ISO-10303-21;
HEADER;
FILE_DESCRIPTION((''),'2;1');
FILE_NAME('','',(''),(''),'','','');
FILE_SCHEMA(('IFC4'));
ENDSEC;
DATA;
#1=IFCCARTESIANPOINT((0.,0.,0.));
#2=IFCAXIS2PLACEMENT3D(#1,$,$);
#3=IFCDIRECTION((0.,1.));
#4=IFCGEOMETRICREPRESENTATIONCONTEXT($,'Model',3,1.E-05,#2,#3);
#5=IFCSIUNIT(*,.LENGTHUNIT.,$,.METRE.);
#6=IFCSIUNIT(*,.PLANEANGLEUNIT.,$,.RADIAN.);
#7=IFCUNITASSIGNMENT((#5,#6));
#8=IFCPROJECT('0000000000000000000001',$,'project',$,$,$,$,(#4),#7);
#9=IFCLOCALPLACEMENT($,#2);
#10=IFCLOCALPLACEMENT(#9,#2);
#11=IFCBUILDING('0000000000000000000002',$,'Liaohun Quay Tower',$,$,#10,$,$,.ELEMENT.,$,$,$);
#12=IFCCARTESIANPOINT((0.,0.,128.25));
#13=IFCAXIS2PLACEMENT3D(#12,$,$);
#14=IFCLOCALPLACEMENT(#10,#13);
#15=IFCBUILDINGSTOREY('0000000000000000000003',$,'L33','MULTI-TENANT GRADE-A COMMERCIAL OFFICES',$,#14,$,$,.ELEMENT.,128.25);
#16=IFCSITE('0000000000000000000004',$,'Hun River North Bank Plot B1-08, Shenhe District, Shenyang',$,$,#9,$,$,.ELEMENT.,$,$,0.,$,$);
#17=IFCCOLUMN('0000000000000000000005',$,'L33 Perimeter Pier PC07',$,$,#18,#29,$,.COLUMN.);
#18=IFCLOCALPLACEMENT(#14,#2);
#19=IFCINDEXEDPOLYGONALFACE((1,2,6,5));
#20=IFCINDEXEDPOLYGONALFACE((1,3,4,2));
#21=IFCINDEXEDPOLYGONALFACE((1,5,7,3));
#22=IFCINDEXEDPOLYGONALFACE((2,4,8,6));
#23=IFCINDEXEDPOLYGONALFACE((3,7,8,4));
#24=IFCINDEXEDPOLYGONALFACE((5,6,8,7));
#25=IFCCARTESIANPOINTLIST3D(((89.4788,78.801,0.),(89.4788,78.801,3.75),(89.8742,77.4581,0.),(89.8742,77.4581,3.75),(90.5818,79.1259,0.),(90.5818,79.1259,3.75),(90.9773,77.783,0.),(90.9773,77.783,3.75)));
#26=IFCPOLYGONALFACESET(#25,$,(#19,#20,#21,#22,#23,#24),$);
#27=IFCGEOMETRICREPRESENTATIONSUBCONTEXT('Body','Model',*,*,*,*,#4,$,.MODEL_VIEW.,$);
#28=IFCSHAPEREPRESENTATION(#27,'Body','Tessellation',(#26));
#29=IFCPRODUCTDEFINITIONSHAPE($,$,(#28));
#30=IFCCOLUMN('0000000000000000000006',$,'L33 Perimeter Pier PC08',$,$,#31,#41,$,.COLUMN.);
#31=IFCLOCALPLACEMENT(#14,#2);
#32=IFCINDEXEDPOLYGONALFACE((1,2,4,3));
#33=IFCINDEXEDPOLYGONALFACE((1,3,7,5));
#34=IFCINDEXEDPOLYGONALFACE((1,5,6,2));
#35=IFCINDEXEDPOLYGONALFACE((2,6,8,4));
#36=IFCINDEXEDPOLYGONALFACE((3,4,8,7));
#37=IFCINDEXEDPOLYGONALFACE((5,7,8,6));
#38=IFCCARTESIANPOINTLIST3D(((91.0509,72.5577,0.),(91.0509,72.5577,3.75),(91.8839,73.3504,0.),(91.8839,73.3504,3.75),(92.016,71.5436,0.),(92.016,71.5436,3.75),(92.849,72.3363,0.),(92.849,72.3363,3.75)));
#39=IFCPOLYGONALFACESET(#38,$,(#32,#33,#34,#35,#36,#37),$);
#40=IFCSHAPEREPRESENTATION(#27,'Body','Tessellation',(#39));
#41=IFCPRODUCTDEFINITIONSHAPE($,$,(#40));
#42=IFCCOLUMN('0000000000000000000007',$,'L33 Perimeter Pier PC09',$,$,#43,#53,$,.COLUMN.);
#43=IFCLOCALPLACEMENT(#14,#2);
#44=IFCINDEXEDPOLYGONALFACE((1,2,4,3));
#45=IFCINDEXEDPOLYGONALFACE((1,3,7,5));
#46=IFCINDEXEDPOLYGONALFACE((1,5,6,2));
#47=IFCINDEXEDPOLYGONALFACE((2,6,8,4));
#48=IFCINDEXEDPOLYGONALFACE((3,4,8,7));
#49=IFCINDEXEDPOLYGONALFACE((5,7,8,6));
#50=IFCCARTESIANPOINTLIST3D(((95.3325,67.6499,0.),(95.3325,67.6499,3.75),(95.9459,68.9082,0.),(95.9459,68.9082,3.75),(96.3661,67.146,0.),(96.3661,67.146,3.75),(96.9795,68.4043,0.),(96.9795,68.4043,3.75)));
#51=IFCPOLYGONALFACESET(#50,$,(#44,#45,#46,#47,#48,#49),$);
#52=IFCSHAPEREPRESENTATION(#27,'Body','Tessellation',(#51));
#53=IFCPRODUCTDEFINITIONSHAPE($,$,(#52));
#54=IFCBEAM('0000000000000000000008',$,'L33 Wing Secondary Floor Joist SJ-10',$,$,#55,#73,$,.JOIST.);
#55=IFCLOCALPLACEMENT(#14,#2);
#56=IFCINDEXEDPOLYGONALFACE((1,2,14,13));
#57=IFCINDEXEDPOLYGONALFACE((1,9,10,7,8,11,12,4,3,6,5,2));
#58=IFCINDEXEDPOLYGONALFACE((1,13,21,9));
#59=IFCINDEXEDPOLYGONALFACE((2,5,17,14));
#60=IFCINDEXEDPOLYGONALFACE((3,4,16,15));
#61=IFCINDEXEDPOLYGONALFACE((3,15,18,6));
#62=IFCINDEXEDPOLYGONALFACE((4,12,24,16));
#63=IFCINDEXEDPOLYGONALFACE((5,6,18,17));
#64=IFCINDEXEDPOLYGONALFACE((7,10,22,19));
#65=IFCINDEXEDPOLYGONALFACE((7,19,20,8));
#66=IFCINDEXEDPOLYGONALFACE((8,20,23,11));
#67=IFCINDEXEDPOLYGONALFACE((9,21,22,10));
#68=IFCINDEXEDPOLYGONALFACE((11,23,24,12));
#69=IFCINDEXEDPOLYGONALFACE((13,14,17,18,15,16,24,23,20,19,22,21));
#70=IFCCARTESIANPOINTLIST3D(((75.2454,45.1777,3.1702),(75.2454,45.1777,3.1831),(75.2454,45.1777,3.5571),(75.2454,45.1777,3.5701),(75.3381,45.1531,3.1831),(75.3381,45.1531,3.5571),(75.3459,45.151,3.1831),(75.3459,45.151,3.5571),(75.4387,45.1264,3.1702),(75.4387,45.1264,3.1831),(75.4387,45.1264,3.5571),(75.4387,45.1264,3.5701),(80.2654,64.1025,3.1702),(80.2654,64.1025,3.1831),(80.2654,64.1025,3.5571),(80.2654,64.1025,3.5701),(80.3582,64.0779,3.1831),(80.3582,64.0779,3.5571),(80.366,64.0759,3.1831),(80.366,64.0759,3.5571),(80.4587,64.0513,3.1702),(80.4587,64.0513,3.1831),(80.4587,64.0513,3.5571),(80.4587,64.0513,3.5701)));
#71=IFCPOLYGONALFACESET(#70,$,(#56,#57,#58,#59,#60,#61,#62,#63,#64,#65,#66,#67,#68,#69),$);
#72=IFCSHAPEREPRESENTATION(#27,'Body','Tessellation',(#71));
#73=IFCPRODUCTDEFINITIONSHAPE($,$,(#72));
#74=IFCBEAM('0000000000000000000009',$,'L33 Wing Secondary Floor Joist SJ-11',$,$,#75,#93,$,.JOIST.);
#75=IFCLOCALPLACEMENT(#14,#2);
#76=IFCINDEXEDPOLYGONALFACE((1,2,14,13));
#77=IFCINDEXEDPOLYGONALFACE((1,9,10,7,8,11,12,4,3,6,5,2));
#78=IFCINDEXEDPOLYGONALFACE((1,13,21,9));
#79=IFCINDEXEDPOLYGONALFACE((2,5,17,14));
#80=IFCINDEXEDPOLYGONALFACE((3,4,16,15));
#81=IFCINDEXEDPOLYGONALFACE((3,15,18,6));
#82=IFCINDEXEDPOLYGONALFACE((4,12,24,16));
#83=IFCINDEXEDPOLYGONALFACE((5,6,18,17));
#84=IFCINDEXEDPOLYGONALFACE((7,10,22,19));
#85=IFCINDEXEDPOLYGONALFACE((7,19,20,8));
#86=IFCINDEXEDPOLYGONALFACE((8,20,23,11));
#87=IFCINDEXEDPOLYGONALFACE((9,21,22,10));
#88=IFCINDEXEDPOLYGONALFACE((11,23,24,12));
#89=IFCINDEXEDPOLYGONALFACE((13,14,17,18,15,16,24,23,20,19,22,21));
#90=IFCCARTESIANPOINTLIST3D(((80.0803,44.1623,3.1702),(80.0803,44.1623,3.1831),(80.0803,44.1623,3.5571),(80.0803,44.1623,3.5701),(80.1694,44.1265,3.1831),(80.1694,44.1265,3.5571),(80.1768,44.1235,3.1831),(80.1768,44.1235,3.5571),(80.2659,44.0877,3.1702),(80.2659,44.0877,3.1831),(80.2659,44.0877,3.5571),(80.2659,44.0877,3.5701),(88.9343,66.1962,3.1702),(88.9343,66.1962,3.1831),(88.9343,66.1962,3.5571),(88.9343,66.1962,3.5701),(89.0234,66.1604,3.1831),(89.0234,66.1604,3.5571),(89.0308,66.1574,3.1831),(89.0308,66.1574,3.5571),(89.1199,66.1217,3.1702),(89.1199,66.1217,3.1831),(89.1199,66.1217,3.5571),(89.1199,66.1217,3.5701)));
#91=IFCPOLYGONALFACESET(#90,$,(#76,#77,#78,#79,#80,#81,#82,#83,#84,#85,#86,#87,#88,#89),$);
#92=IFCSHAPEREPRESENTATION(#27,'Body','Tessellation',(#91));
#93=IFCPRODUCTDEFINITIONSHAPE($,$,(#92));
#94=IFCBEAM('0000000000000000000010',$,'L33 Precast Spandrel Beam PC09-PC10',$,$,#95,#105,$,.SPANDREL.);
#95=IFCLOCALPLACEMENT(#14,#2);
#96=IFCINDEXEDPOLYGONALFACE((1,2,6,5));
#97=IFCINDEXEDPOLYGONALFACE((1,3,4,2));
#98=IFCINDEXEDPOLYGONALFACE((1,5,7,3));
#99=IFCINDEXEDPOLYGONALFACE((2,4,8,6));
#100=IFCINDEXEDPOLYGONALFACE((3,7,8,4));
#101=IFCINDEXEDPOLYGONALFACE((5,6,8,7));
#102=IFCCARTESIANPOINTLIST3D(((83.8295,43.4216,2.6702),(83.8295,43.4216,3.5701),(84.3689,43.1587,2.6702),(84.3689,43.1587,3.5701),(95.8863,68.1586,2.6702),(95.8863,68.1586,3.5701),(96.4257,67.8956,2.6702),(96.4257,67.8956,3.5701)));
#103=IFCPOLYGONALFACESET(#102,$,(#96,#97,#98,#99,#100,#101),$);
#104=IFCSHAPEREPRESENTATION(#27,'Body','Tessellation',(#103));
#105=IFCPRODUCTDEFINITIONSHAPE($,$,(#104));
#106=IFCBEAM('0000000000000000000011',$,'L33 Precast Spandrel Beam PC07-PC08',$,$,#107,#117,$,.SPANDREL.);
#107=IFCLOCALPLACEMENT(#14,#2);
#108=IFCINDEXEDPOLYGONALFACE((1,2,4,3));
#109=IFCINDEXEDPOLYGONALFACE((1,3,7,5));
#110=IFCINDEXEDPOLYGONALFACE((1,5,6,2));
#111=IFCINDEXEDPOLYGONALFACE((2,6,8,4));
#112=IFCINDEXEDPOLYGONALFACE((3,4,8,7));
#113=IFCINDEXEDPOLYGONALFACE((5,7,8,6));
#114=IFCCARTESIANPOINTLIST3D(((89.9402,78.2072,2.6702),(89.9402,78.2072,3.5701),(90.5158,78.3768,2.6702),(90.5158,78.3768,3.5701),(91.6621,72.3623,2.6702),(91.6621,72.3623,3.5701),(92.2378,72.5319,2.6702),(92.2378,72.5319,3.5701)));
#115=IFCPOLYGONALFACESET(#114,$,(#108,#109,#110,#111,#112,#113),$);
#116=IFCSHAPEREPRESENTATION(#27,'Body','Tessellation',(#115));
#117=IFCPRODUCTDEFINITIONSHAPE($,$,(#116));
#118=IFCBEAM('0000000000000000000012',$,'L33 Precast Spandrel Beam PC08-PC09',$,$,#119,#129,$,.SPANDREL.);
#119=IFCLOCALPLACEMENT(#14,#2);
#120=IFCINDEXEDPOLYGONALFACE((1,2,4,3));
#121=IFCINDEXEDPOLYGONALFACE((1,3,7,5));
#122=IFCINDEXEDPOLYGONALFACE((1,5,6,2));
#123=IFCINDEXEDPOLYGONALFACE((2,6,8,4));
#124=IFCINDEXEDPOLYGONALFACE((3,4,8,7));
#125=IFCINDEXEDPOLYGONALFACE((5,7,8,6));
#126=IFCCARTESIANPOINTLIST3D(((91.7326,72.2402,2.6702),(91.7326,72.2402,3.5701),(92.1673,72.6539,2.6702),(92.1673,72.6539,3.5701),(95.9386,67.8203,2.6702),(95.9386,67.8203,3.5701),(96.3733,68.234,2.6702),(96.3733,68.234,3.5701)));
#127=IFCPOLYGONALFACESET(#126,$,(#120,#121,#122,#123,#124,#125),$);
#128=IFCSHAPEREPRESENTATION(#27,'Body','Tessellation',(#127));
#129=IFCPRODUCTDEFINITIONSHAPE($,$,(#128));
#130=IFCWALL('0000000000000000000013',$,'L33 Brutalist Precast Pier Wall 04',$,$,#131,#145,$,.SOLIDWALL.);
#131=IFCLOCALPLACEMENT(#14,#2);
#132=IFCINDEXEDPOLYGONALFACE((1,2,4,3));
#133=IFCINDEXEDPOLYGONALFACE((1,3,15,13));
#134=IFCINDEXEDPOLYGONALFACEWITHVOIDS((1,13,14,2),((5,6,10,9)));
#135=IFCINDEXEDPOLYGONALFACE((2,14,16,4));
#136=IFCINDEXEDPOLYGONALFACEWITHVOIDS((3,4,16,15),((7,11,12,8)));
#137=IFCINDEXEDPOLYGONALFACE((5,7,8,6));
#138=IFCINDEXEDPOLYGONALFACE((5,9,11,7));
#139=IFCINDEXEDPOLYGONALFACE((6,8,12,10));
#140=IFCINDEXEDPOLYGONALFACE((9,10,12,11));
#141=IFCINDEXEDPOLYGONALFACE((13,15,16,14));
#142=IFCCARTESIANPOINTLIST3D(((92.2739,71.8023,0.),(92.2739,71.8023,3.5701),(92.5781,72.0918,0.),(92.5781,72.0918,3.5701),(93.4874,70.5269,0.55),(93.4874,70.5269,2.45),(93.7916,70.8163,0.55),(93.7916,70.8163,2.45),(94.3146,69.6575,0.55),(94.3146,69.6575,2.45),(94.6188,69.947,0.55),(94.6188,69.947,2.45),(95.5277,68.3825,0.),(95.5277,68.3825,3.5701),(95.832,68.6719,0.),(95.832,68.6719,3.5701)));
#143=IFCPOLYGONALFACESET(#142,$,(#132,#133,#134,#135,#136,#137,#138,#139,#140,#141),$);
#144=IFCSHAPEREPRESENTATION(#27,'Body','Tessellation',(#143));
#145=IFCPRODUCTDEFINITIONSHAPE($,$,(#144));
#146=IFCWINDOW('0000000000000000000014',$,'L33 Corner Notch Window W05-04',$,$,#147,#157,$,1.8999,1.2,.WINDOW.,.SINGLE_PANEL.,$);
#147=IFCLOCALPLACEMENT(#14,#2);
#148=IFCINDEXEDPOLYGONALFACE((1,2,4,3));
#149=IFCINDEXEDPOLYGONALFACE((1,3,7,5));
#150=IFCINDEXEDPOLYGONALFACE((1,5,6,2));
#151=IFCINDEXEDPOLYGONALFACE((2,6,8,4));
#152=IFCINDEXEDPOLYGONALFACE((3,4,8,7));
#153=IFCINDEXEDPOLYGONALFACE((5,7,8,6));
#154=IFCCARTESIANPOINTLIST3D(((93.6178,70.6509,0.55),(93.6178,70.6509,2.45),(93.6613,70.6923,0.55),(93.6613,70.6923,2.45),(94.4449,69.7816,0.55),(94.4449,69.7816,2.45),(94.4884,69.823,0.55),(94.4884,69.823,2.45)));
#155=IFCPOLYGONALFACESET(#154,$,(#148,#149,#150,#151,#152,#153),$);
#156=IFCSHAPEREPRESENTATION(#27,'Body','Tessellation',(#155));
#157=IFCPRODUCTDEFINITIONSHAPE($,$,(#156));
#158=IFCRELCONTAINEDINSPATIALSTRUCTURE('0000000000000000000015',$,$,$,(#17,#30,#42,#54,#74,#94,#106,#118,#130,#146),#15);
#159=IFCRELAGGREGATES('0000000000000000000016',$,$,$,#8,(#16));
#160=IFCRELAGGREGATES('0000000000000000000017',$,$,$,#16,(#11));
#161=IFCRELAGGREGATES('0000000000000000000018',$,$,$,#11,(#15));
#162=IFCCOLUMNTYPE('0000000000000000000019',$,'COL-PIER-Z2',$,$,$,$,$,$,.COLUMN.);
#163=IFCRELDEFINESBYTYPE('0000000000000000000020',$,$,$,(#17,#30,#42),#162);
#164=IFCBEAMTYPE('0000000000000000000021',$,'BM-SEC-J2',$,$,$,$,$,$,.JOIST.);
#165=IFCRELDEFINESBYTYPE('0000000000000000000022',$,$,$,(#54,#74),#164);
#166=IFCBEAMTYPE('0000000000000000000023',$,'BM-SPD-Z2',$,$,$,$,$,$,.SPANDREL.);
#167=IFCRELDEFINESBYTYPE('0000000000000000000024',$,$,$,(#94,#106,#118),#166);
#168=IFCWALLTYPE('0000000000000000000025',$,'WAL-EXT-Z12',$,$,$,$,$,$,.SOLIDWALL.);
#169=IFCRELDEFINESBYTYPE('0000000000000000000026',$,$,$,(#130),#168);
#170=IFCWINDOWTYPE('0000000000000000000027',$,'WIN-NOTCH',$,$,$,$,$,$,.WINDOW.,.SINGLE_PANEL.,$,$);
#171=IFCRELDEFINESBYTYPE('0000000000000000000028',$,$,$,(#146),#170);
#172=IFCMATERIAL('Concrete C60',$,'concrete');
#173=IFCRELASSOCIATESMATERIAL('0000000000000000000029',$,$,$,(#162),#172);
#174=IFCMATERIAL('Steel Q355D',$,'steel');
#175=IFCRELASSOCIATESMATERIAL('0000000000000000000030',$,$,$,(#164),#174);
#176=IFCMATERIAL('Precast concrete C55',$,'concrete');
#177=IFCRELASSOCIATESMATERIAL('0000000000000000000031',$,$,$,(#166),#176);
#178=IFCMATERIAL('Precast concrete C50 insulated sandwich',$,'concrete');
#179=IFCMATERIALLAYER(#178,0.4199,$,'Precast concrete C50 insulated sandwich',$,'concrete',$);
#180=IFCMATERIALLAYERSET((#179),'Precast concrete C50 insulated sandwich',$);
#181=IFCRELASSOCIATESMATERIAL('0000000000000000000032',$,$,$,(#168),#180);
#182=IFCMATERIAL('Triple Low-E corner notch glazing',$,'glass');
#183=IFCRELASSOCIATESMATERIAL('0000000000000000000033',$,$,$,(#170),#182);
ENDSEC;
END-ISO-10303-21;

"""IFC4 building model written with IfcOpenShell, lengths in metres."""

from ifc_helpers import new_model, si_unit, direction, frame, frame_2d, origin, origin_2d, place, context, subcontext, project, spatial, rectangle, i_section, extrude, source, transform, mapped, material, layer, layer_set, material_profile, profile_set, type_object, element, fill, save


model = new_model("IFC4")

# Units and contexts
model_context = context("Model", 3, precision=1e-05, world=origin(), true_north=direction((0.0, 1.0)))
body_context = subcontext(model_context, "Body", "Model", "MODEL_VIEW")
ifc_project = project(units=[si_unit("LENGTHUNIT", "METRE"), si_unit("PLANEANGLEUNIT", "RADIAN")], contexts=[model_context])

# Site, building, storey
site_placement = place(None, origin())
site = spatial("IfcSite", under=ifc_project, at=site_placement, Name="Hun River North Bank Plot B1-08, Shenhe District, Shenyang", CompositionType="ELEMENT", RefElevation=0.0)
building_placement = place(site_placement, origin())
building = spatial("IfcBuilding", under=site, at=building_placement, Name="Liaohun Quay Tower", CompositionType="ELEMENT")
storey_placement = place(building_placement, frame((0.0, 0.0, 128.25)))
storey = spatial("IfcBuildingStorey", under=building, at=storey_placement, Name="L33", Description="MULTI-TENANT GRADE-A COMMERCIAL OFFICES", CompositionType="ELEMENT", Elevation=128.25)

# Columns
ifc_material_1 = material(Name="Concrete C60", Category="concrete")
ifc_material_profile_1 = material_profile(ifc_material_1, rectangle(XDim=1.3999, YDim=1.1499, at=origin_2d()), Name="RC1400x1150")
ifc_profile_set_1 = profile_set([ifc_material_profile_1], Name="Concrete C60")
column_type = type_object("IfcColumnType", Name="COL-PIER-Z2", PredefinedType="COLUMN", material=ifc_profile_set_1)
shared_shape_1 = source(origin(), body_context, "Body", "SweptSolid", [
    extrude(rectangle(XDim=1.3999, YDim=1.1499, at=origin_2d()), origin(), (0.0, 0.0, 1.0), 3.75),
])
for number, where, z_axis, x_axis, name in (
    (1, (90.228, 78.292, 0.0), (0.0, 0.0, 1.0), (-0.282509, 0.959265, 0.0), "L33 Perimeter Pier PC07"),
    (2, (91.95, 72.447, 0.0), (0.0, 0.0, 1.0), (-0.689367, 0.724413, 0.0), "L33 Perimeter Pier PC08"),
    (3, (96.156, 68.0271, 0.0), (0.0, 0.0, 1.0), (0.438214, 0.898871, 0.0), "L33 Perimeter Pier PC09"),
):
    element("IfcColumn", number, at=place(storey_placement, frame(where, z_axis=z_axis, x_axis=x_axis)), inside=storey, type_object=column_type, Name=name, PredefinedType="COLUMN", context=body_context, shape_type="MappedRepresentation", body=[
        mapped(shared_shape_1, transform((0.0, 0.0, 0.0), x_axis=(1.0, 0.0, 0.0), y_axis=(0.0, 1.0, 0.0), z_axis=(0.0, 0.0, 1.0), scale=1.0)),
    ])

# Beams
ifc_material_2 = material(Name="Steel Q355D", Category="steel")
ifc_material_profile_2 = material_profile(ifc_material_2, i_section(OverallWidth=0.2, OverallDepth=0.3999, WebThickness=0.0081, FlangeThickness=0.0129, at=origin_2d()), Name="HN400x200x8x13")
ifc_profile_set_2 = profile_set([ifc_material_profile_2], Name="Steel Q355D")
beam_type_1 = type_object("IfcBeamType", Name="BM-SEC-J2", PredefinedType="JOIST", material=ifc_profile_set_2)
shared_shape_2 = source(origin(), body_context, "Body", "SweptSolid", [
    extrude(i_section(OverallWidth=0.2, OverallDepth=0.3999, WebThickness=0.0081, FlangeThickness=0.0129, at=origin_2d()), origin(), (0.0, 0.0, 1.0), 19.5793),
])
beam_1_placement = place(storey_placement, frame((80.3621, 64.0769, 3.3701), z_axis=(-0.256394, -0.966572, 0.0), x_axis=(0.966572, -0.256394, 0.0)))
element("IfcBeam", 4, at=beam_1_placement, inside=storey, type_object=beam_type_1, Name="L33 Wing Secondary Floor Joist SJ-10", PredefinedType="JOIST", context=body_context, shape_type="MappedRepresentation", body=[
    mapped(shared_shape_2, transform((0.0, 0.0, 0.0), x_axis=(1.0, 0.0, 0.0), y_axis=(0.0, 1.0, 0.0), z_axis=(0.0, 0.0, 1.0), scale=1.0)),
])
shared_shape_3 = source(origin(), body_context, "Body", "SweptSolid", [
    extrude(i_section(OverallWidth=0.2, OverallDepth=0.3999, WebThickness=0.0081, FlangeThickness=0.0129, at=origin_2d()), origin(), (0.0, 0.0, 1.0), 23.7463),
])
beam_2_placement = place(storey_placement, frame((89.0271, 66.1589, 3.3701), z_axis=(-0.372858, -0.927888, 0.0), x_axis=(0.927888, -0.372858, 0.0)))
element("IfcBeam", 5, at=beam_2_placement, inside=storey, type_object=beam_type_1, Name="L33 Wing Secondary Floor Joist SJ-11", PredefinedType="JOIST", context=body_context, shape_type="MappedRepresentation", body=[
    mapped(shared_shape_3, transform((0.0, 0.0, 0.0), x_axis=(1.0, 0.0, 0.0), y_axis=(0.0, 1.0, 0.0), z_axis=(0.0, 0.0, 1.0), scale=1.0)),
])
ifc_material_3 = material(Name="Precast concrete C55", Category="concrete")
ifc_material_profile_3 = material_profile(ifc_material_3, rectangle(XDim=0.6001, YDim=0.8999, at=origin_2d()), Name="RC600x900")
ifc_profile_set_3 = profile_set([ifc_material_profile_3], Name="Precast concrete C55")
beam_type_2 = type_object("IfcBeamType", Name="BM-SPD-Z2", PredefinedType="SPANDREL", material=ifc_profile_set_3)
shared_shape_4 = source(origin(), body_context, "Body", "SweptSolid", [
    extrude(rectangle(XDim=0.6001, YDim=0.8999, at=origin_2d()), origin(), (0.0, 0.0, 1.0), 27.5188),
])
beam_3_placement = place(storey_placement, frame((96.156, 68.0271, 3.1201), z_axis=(-0.438131, -0.898911, 0.0), x_axis=(0.898911, -0.438131, 0.0)))
element("IfcBeam", 6, at=beam_3_placement, inside=storey, type_object=beam_type_2, Name="L33 Precast Spandrel Beam PC09-PC10", PredefinedType="SPANDREL", context=body_context, shape_type="MappedRepresentation", body=[
    mapped(shared_shape_4, transform((0.0, 0.0, 0.0), x_axis=(1.0, 0.0, 0.0), y_axis=(0.0, 1.0, 0.0), z_axis=(0.0, 0.0, 1.0), scale=1.0)),
])
shared_shape_5 = source(origin(), body_context, "Body", "SweptSolid", [
    extrude(rectangle(XDim=0.6001, YDim=0.8999, at=origin_2d()), origin(), (0.0, 0.0, 1.0), 6.0933),
])
beam_4_placement = place(storey_placement, frame((90.228, 78.292, 3.1201), z_axis=(0.282591, -0.95924, 0.0), x_axis=(0.95924, 0.282591, 0.0)))
element("IfcBeam", 7, at=beam_4_placement, inside=storey, type_object=beam_type_2, Name="L33 Precast Spandrel Beam PC07-PC08", PredefinedType="SPANDREL", context=body_context, shape_type="MappedRepresentation", body=[
    mapped(shared_shape_5, transform((0.0, 0.0, 0.0), x_axis=(1.0, 0.0, 0.0), y_axis=(0.0, 1.0, 0.0), z_axis=(0.0, 0.0, 1.0), scale=1.0)),
])
shared_shape_6 = source(origin(), body_context, "Body", "SweptSolid", [
    extrude(rectangle(XDim=0.6001, YDim=0.8999, at=origin_2d()), origin(), (0.0, 0.0, 1.0), 6.1013),
])
beam_5_placement = place(storey_placement, frame((91.95, 72.447, 3.1201), z_axis=(0.689363, -0.724416, 0.0), x_axis=(0.724416, 0.689363, 0.0)))
element("IfcBeam", 8, at=beam_5_placement, inside=storey, type_object=beam_type_2, Name="L33 Precast Spandrel Beam PC08-PC09", PredefinedType="SPANDREL", context=body_context, shape_type="MappedRepresentation", body=[
    mapped(shared_shape_6, transform((0.0, 0.0, 0.0), x_axis=(1.0, 0.0, 0.0), y_axis=(0.0, 1.0, 0.0), z_axis=(0.0, 0.0, 1.0), scale=1.0)),
])

# Wall, opening, window
ifc_material_4 = material(Name="Precast concrete C50 insulated sandwich", Category="concrete")
ifc_layer_1 = layer(ifc_material_4, 0.4199, Name="Precast concrete C50 insulated sandwich", Category="concrete")
ifc_layer_set_1 = layer_set([ifc_layer_1], Name="Precast concrete C50 insulated sandwich")
wall_type_1 = type_object("IfcWallType", Name="WAL-EXT-Z12", PredefinedType="SOLIDWALL", material=ifc_layer_set_1)
wall_1_placement = place(storey_placement, frame((95.6799, 68.5271, 0.0), z_axis=(0.0, 0.0, 1.0), x_axis=(-0.689304, 0.724472, 0.0)))
wall_1 = element("IfcWall", 9, at=wall_1_placement, inside=storey, type_object=wall_type_1, Name="L33 Brutalist Precast Pier Wall 04", PredefinedType="SOLIDWALL", context=body_context, shape_type="SweptSolid", body=[
    extrude(rectangle(XDim=4.7205, YDim=0.4199, at=frame_2d((2.3604, 0.0))), origin(), (0.0, 0.0, 1.0), 3.5701),
])
shared_shape_7 = source(origin(), body_context, "Body", "SweptSolid", [
    extrude(rectangle(XDim=1.2, YDim=1.8999, at=frame_2d((0.6001, 0.95))), frame((0.0, 0.22, 0.0), z_axis=(0.0, -1.0, 0.0), x_axis=(1.0, 0.0, 0.0)), (0.0, 0.0, 1.0), 0.4399),
])
opening_1_placement = place(wall_1_placement, frame((1.76, 0.0, 0.55)))
opening_1 = element("IfcOpeningElement", 10, at=opening_1_placement, cuts=wall_1, PredefinedType="OPENING", context=body_context, shape_type="MappedRepresentation", body=[
    mapped(shared_shape_7, transform((0.0, 0.0, 0.0), x_axis=(1.0, 0.0, 0.0), y_axis=(0.0, 1.0, 0.0), z_axis=(0.0, 0.0, 1.0), scale=1.0)),
])
ifc_material_5 = material(Name="Triple Low-E corner notch glazing", Category="glass")
window_type_1 = type_object("IfcWindowType", Name="WIN-NOTCH", PartitioningType="SINGLE_PANEL", PredefinedType="WINDOW", material=ifc_material_5)
shared_shape_8 = source(origin(), body_context, "Body", "SweptSolid", [
    extrude(rectangle(XDim=1.2, YDim=1.8999, at=frame_2d((0.6001, 0.95))), frame((0.0, 0.03, 0.0), z_axis=(0.0, -1.0, 0.0), x_axis=(1.0, 0.0, 0.0)), (0.0, 0.0, 1.0), 0.0601),
])
window_1_placement = place(opening_1_placement, origin())
window_1 = element("IfcWindow", 11, at=window_1_placement, inside=storey, type_object=window_type_1, Name="L33 Corner Notch Window W05-04", OverallHeight=1.8999, OverallWidth=1.2, PartitioningType="SINGLE_PANEL", PredefinedType="WINDOW", context=body_context, shape_type="MappedRepresentation", body=[
    mapped(shared_shape_8, transform((0.0, 0.0, 0.0), x_axis=(1.0, 0.0, 0.0), y_axis=(0.0, 1.0, 0.0), z_axis=(0.0, 0.0, 1.0), scale=1.0)),
])
fill(opening_1, window_1)

save(model, "model.ifc")
